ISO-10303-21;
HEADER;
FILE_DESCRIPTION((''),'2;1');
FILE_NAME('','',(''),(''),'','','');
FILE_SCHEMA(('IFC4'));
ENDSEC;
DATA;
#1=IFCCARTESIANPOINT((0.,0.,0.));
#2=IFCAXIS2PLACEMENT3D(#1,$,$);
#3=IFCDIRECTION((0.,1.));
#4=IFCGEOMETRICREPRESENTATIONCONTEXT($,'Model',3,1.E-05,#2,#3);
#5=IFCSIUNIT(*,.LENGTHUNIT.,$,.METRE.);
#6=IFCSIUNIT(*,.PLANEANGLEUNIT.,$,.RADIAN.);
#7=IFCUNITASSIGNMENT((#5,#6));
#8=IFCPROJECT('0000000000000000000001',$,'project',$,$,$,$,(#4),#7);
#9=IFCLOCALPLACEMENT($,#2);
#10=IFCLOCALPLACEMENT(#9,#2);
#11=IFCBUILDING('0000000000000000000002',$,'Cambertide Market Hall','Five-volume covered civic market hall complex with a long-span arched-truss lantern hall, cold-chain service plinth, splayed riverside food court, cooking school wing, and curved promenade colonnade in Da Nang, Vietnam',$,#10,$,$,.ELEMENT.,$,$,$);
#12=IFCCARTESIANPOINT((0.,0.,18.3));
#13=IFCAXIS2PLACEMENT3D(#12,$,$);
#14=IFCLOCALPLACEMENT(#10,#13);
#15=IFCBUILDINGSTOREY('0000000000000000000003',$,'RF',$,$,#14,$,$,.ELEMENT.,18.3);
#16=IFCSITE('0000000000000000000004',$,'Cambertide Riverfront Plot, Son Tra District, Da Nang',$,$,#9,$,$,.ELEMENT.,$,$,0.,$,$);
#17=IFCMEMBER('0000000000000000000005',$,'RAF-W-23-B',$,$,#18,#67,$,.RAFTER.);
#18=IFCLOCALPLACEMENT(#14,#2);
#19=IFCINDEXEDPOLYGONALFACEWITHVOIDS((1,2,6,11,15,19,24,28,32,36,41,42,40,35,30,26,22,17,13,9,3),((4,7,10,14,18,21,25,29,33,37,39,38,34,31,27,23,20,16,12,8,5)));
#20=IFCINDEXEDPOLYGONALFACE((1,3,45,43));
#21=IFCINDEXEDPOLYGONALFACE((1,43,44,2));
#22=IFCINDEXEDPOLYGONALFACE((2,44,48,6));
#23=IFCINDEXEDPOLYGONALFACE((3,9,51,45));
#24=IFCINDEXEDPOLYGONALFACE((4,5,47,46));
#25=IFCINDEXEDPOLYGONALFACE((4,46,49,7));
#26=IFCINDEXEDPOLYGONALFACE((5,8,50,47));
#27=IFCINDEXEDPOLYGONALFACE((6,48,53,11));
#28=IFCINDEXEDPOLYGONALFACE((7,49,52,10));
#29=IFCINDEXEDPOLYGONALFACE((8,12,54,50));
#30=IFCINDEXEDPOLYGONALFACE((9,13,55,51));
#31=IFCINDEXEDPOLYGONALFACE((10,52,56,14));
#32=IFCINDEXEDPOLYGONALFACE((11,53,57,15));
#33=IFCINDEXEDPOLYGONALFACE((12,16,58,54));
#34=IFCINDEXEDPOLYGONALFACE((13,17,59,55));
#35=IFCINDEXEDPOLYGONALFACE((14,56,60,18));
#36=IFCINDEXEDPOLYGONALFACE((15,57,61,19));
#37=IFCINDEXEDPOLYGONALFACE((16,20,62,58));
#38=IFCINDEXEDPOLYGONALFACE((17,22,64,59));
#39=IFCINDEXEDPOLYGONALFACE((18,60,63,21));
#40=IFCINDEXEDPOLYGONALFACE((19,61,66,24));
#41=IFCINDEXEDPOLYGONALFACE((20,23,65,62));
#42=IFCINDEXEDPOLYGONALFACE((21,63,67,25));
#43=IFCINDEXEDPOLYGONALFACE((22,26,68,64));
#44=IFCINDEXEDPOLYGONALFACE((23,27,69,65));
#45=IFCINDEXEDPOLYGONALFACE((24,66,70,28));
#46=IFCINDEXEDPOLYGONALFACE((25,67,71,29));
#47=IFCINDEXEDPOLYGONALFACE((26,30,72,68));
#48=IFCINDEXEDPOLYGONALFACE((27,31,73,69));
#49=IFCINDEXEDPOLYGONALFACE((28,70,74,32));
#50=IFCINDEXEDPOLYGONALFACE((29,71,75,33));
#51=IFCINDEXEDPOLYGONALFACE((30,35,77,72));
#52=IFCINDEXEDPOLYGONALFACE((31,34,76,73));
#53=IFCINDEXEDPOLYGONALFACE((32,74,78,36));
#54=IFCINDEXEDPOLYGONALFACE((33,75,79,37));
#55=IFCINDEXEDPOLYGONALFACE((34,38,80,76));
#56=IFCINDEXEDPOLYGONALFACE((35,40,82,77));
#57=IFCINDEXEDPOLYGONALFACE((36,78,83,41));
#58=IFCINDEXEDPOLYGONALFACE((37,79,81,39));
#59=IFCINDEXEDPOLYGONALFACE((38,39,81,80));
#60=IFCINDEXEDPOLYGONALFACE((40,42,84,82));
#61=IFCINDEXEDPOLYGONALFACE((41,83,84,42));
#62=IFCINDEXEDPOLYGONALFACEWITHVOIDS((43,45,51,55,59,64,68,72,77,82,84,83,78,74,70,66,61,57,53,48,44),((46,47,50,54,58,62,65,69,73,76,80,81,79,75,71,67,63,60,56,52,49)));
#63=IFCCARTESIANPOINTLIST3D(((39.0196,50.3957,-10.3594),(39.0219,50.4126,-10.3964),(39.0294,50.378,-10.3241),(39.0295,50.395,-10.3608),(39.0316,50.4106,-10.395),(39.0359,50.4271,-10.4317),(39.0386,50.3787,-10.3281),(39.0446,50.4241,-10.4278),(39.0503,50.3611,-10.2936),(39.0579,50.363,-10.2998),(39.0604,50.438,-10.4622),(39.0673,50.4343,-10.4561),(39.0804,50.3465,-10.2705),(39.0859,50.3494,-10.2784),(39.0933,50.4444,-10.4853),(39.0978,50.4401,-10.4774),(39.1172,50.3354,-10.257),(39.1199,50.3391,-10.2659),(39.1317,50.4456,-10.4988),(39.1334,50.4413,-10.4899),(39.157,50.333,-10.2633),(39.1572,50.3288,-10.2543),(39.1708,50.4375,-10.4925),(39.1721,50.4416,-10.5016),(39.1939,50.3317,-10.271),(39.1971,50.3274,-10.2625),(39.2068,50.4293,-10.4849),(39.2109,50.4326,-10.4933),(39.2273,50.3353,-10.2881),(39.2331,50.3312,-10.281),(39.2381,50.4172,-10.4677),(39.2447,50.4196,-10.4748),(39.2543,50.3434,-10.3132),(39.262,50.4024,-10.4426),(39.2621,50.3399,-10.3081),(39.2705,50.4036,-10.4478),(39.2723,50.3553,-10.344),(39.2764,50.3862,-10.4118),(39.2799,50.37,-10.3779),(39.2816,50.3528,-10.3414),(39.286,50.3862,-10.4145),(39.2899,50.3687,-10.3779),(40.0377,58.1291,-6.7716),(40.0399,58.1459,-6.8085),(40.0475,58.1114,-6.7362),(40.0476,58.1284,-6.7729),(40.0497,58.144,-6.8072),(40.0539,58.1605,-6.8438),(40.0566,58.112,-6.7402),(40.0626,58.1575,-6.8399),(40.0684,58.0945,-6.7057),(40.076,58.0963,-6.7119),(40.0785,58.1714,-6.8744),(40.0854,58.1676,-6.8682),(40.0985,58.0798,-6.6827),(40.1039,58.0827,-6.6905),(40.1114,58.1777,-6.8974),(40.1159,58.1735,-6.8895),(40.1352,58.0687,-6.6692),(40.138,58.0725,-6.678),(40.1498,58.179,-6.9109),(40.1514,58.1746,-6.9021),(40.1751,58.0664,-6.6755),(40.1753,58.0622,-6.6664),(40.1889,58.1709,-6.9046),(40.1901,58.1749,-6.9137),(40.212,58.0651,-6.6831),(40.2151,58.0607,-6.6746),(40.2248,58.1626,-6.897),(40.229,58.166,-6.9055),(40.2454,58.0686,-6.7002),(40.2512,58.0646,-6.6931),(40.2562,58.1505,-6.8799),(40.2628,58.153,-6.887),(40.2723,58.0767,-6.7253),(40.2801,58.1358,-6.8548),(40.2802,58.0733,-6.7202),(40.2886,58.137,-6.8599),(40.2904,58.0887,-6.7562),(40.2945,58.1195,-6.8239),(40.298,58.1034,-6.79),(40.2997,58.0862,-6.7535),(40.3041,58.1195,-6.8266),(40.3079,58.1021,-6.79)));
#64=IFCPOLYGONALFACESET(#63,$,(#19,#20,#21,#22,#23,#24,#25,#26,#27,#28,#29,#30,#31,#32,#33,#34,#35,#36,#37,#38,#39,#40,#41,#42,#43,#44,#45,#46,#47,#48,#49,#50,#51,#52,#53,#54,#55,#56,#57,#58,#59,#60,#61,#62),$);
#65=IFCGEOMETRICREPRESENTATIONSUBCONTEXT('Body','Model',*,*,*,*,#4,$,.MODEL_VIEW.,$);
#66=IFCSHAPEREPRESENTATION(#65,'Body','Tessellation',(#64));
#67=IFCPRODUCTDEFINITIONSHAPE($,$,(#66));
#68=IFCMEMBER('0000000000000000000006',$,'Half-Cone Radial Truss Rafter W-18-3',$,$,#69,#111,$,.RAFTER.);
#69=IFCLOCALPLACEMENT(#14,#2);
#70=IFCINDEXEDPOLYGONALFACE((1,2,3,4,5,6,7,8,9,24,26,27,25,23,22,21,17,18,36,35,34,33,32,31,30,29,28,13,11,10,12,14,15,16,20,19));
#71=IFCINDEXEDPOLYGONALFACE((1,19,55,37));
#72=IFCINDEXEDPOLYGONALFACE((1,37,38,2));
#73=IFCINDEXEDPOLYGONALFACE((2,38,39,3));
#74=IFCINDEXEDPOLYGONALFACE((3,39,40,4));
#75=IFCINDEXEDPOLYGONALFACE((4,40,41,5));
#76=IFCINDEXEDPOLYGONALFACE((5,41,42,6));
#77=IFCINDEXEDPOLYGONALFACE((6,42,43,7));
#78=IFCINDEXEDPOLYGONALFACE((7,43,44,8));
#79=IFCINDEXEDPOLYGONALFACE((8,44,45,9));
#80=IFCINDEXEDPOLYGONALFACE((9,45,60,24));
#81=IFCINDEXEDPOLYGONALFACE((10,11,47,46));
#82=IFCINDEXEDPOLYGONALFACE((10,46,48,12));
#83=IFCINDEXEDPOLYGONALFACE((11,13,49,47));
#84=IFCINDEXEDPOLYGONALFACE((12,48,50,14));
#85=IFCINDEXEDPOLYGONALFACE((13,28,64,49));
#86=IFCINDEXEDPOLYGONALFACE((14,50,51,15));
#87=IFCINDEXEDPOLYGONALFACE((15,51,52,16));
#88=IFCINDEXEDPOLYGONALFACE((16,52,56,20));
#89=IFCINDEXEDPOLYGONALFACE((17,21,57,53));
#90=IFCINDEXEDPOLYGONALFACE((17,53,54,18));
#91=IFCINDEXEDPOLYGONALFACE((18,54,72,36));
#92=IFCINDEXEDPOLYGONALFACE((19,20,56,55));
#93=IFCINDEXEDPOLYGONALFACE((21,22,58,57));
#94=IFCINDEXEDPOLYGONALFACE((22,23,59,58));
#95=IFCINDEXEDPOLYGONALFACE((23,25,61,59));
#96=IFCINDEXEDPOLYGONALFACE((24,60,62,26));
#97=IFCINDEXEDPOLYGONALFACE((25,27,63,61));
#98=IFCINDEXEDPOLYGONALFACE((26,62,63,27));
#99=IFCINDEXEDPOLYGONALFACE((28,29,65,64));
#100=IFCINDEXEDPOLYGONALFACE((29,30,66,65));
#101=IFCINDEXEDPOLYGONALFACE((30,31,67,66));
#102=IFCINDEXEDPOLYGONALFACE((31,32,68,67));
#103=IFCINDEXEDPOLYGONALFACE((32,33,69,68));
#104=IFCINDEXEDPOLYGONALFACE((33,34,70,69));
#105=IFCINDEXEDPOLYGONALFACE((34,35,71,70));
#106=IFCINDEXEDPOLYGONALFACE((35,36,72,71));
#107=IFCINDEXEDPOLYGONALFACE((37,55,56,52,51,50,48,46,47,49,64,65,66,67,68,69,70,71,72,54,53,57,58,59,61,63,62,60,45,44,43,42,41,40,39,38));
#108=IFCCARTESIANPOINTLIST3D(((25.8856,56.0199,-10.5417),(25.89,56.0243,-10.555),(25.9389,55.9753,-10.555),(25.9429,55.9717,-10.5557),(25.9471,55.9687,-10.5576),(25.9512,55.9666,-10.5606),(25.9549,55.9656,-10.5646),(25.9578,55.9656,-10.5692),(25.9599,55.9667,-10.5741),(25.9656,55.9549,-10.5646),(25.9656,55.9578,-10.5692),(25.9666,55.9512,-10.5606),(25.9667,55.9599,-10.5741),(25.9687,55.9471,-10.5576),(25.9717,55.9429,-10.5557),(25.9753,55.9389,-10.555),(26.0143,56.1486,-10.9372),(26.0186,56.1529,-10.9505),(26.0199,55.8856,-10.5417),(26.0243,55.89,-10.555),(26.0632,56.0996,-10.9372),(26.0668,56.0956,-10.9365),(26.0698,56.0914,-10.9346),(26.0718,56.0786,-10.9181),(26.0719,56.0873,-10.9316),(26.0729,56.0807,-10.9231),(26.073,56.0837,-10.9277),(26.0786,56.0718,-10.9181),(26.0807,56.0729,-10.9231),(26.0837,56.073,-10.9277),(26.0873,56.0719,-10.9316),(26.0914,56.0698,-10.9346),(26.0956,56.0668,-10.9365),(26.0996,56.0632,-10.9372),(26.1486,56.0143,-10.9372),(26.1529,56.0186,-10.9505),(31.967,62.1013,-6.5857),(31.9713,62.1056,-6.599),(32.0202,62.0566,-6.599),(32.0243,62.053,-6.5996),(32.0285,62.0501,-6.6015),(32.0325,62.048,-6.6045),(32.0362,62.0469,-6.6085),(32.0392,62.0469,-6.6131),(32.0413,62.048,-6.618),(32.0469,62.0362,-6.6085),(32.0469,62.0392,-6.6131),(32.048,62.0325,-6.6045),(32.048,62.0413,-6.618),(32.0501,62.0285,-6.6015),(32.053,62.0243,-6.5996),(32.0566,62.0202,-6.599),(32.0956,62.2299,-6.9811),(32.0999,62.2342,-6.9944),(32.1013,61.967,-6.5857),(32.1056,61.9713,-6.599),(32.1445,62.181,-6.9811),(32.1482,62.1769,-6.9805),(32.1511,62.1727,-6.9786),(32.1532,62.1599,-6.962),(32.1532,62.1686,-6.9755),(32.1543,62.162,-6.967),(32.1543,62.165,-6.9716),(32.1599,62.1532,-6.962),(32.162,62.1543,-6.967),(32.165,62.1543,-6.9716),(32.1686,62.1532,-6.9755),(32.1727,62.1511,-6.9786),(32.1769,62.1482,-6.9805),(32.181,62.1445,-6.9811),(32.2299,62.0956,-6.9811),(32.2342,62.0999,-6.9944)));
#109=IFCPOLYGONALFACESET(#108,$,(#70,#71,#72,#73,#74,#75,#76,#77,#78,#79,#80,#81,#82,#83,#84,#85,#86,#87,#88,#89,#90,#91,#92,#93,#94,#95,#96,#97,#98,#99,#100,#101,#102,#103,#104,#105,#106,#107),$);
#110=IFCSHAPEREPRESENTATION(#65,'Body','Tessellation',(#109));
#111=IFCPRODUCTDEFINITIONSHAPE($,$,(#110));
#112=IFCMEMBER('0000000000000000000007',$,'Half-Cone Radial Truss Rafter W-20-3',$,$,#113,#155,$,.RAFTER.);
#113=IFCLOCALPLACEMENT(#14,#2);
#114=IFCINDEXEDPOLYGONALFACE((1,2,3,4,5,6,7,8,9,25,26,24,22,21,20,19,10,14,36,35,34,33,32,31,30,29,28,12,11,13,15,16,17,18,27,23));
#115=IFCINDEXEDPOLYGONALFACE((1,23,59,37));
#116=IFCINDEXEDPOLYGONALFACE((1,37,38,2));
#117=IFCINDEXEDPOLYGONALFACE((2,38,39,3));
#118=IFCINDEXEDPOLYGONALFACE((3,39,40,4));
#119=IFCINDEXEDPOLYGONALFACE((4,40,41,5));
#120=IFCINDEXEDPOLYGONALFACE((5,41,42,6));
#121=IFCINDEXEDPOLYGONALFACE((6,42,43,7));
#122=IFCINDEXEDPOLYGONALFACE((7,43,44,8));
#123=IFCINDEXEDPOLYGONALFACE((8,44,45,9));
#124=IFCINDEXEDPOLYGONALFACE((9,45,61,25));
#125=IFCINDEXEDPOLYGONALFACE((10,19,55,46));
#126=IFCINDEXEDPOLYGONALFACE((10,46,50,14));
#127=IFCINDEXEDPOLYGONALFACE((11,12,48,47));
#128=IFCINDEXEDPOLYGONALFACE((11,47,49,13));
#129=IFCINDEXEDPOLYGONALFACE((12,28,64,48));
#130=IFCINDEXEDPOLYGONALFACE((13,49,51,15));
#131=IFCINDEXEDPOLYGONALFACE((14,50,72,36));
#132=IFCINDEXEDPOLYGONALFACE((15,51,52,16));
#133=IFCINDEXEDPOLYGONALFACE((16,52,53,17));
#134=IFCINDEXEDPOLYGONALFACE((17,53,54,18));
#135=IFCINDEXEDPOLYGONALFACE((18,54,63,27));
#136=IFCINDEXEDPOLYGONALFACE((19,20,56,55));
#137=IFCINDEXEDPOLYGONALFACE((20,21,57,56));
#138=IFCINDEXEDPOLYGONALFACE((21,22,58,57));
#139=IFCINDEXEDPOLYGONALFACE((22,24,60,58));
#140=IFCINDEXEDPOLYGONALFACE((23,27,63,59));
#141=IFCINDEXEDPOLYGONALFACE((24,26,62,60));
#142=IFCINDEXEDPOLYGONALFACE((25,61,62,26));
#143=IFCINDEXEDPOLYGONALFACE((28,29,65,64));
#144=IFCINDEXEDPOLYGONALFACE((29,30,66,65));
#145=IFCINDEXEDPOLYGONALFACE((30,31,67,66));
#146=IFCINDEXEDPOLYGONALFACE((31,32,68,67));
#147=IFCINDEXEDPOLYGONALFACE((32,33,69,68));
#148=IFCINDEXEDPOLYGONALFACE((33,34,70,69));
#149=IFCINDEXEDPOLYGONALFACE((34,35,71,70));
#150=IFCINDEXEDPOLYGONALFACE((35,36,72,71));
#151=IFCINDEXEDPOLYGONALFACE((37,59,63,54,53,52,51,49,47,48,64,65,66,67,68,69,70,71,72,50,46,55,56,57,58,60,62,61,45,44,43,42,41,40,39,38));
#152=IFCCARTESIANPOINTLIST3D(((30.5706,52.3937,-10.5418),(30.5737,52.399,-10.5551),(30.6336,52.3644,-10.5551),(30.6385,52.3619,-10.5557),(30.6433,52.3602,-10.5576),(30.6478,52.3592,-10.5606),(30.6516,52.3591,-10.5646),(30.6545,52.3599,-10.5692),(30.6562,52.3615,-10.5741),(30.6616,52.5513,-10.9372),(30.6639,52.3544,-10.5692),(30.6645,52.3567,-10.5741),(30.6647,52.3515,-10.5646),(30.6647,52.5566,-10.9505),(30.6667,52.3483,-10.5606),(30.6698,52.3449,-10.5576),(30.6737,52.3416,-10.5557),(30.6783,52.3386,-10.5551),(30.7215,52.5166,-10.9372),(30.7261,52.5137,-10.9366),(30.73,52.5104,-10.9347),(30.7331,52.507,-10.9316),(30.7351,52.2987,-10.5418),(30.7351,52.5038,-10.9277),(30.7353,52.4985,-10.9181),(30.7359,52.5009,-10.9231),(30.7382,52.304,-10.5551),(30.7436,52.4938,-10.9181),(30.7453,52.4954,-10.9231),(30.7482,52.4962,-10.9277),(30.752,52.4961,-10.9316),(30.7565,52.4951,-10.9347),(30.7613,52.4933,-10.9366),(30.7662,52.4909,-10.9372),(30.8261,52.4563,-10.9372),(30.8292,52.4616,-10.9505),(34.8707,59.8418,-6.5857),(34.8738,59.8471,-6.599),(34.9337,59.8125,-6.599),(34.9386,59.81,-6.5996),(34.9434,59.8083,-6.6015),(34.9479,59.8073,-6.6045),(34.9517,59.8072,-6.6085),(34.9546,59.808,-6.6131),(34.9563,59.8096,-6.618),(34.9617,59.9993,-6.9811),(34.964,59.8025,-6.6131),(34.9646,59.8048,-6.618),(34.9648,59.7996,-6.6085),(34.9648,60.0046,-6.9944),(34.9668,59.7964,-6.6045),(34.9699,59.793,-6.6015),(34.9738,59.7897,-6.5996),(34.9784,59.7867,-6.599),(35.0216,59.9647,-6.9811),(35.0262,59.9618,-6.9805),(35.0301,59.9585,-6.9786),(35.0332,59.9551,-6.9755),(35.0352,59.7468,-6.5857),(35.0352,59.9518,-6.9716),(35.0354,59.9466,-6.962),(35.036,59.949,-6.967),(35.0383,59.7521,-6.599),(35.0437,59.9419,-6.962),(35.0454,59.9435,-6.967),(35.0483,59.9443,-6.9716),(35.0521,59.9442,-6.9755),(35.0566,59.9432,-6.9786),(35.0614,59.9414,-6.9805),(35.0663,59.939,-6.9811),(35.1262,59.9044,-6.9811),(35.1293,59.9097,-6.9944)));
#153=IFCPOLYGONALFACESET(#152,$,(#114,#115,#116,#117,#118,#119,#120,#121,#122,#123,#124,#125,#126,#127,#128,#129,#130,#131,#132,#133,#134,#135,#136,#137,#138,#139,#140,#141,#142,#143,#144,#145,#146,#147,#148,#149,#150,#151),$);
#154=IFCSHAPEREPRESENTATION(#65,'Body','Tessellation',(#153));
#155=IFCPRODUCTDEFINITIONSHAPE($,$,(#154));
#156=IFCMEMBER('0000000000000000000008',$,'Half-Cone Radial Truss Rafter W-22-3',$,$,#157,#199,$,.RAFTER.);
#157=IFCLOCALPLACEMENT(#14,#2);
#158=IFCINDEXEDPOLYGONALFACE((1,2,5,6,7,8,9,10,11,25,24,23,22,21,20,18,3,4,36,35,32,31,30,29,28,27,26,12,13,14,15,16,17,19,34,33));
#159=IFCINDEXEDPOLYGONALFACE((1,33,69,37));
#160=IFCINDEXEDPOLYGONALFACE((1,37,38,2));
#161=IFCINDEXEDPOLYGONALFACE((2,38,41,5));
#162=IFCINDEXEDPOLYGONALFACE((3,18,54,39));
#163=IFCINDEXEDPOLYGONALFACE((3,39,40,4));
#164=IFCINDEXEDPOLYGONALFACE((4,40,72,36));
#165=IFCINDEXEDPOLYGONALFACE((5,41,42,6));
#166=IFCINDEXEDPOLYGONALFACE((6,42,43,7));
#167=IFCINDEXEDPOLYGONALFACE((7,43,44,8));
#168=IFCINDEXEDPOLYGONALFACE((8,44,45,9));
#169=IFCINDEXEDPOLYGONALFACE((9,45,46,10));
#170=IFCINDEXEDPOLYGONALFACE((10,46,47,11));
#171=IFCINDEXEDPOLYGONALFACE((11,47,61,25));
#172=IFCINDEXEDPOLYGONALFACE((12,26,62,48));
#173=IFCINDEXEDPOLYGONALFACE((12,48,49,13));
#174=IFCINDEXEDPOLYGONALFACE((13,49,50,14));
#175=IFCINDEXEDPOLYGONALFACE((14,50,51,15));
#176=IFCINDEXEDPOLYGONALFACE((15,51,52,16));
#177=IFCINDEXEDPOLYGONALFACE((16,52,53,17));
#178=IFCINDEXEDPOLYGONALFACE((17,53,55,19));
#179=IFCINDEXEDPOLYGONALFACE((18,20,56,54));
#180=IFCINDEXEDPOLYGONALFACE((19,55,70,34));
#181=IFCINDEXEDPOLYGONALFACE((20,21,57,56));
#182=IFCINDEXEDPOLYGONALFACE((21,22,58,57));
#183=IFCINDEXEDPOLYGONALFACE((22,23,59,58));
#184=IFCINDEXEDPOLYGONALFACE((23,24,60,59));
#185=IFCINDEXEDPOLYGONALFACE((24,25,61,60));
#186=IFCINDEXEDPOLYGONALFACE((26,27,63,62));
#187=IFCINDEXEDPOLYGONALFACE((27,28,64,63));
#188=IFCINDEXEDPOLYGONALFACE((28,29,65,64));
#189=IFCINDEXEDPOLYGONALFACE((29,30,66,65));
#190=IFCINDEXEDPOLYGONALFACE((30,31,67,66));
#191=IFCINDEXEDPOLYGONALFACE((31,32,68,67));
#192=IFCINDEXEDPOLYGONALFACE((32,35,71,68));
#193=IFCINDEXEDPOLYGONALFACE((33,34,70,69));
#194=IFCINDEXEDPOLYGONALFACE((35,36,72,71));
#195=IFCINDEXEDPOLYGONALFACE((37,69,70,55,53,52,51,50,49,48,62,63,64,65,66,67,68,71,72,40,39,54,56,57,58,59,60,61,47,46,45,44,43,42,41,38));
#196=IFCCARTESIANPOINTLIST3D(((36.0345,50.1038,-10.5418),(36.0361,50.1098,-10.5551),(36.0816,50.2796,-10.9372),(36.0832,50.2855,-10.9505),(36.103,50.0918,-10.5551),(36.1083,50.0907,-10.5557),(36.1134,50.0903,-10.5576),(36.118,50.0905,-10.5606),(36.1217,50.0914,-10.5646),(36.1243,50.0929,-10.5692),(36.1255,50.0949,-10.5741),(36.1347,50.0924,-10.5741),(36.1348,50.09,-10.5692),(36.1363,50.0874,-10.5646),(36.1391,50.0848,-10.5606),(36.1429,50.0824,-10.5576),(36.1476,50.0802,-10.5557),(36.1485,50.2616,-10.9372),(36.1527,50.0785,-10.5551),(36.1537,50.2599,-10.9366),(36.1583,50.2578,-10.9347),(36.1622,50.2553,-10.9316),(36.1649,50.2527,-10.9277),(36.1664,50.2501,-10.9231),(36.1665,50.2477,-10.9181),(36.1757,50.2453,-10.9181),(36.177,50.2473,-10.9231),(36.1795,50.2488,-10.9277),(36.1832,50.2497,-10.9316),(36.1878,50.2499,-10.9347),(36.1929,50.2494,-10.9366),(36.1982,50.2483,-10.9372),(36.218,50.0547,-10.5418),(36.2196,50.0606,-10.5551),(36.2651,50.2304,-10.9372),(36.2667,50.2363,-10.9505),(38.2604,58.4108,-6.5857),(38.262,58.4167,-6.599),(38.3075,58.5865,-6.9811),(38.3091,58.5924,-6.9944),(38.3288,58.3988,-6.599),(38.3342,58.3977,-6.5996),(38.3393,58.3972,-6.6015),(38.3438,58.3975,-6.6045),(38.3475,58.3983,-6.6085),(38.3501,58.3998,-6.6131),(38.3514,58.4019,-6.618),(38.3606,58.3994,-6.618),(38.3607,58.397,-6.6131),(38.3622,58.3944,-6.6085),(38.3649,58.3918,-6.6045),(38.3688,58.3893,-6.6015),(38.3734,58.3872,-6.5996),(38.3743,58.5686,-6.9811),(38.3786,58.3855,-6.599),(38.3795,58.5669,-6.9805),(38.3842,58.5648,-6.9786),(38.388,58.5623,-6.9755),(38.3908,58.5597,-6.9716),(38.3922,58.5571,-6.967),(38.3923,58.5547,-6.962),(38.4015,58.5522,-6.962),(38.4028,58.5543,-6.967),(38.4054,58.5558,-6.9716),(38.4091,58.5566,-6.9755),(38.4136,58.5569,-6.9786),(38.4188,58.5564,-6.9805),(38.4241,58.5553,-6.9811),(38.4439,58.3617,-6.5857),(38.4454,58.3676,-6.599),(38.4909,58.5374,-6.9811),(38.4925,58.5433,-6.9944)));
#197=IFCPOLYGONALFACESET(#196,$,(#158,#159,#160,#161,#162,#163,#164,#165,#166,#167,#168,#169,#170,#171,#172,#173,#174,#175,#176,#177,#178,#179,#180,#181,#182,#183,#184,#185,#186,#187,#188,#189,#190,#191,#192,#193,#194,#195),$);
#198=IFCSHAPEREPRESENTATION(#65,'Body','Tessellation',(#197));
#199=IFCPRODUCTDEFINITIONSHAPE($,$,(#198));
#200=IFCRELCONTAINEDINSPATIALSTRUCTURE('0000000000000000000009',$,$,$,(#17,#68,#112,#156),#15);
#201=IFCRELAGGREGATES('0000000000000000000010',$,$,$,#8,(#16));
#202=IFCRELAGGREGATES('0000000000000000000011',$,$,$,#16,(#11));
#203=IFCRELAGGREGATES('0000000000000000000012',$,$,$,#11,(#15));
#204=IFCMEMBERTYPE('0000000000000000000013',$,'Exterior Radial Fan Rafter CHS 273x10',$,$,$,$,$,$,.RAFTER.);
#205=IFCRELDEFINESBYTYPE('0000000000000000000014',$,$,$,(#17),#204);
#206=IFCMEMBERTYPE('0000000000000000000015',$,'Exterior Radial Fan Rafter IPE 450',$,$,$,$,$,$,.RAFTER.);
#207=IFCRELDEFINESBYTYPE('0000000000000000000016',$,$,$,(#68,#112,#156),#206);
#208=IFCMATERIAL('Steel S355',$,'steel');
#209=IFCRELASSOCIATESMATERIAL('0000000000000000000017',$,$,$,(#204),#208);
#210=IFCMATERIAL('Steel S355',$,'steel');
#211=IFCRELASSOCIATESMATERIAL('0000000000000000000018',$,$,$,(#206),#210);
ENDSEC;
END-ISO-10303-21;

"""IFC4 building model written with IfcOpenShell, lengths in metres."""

from ifc_helpers import new_model, si_unit, direction, frame, origin, origin_2d, place, context, subcontext, project, spatial, hollow_circle, i_section, extrude, material, material_profile, profile_set, type_object, element, save


model = new_model("IFC4")

# Units and contexts
model_context = context("Model", 3, precision=1e-05, world=origin(), true_north=direction((0.0, 1.0)))
body_context = subcontext(model_context, "Body", "Model", "MODEL_VIEW")
ifc_project = project(units=[si_unit("LENGTHUNIT", "METRE"), si_unit("PLANEANGLEUNIT", "RADIAN")], contexts=[model_context])

# Site, building, storey
site_placement = place(None, origin())
site = spatial("IfcSite", under=ifc_project, at=site_placement, Name="Cambertide Riverfront Plot, Son Tra District, Da Nang", CompositionType="ELEMENT", RefElevation=0.0)
building_placement = place(site_placement, origin())
building = spatial("IfcBuilding", under=site, at=building_placement, Name="Cambertide Market Hall", Description="Five-volume covered civic market hall complex with a long-span arched-truss lantern hall, cold-chain service plinth, splayed riverside food court, cooking school wing, and curved promenade colonnade in Da Nang, Vietnam", CompositionType="ELEMENT")
storey_placement = place(building_placement, frame((0.0, 0.0, 18.3)))
storey = spatial("IfcBuildingStorey", under=building, at=storey_placement, Name="RF", CompositionType="ELEMENT", Elevation=18.3)

# Members
ifc_material_1 = material(Name="Steel S355", Category="steel")
ifc_material_profile_1 = material_profile(ifc_material_1, hollow_circle(Radius=0.1365, WallThickness=0.01, at=origin_2d()), Name="CHS 273x10")
ifc_profile_set_1 = profile_set([ifc_material_profile_1], Name="Steel S355")
member_type_1 = type_object("IfcMemberType", Name="Exterior Radial Fan Rafter CHS 273x10", PredefinedType="RAFTER", material=ifc_profile_set_1)
for number, where, z_axis, x_axis, name in (
    (1, (40.1726, 58.1199, -6.79), (-0.118576, -0.900726, -0.41789), (0.991446, -0.130519, 0.0), "RAF-W-23-B"),
):
    element("IfcMember", number, at=place(storey_placement, frame(where, z_axis=z_axis, x_axis=x_axis)), inside=storey, type_object=member_type_1, Name=name, PredefinedType="RAFTER", context=body_context, shape_type="SweptSolid", body=[
        extrude(hollow_circle(Radius=0.1365, WallThickness=0.01, at=origin_2d()), origin(), (0.0, 0.0, 1.0), 8.5857),
    ])
ifc_material_2 = material(Name="Steel S355", Category="steel")
ifc_material_profile_2 = material_profile(ifc_material_2, i_section(OverallWidth=0.1899, OverallDepth=0.45, WebThickness=0.0095, FlangeThickness=0.0146, FilletRadius=0.021, at=origin_2d()), Name="IPE 450")
ifc_profile_set_2 = profile_set([ifc_material_profile_2], Name="Steel S355")
member_type_2 = type_object("IfcMemberType", Name="Exterior Radial Fan Rafter IPE 450", PredefinedType="RAFTER", material=ifc_profile_set_2)
for number, where, z_axis, x_axis, name in (
    (2, (32.1006, 62.1006, -6.79), (-0.642402, -0.642402, -0.4179), (0.707107, -0.707107, 0.0), "Half-Cone Radial Truss Rafter W-18-3"),
    (3, (35.0, 59.8757, -6.79), (-0.454241, -0.786779, -0.417903), (0.866028, -0.499995, 0.0), "Half-Cone Radial Truss Rafter W-20-3"),
):
    element("IfcMember", number, at=place(storey_placement, frame(where, z_axis=z_axis, x_axis=x_axis)), inside=storey, type_object=member_type_2, Name=name, PredefinedType="RAFTER", context=body_context, shape_type="SweptSolid", body=[
        extrude(i_section(OverallWidth=0.1899, OverallDepth=0.45, WebThickness=0.0095, FlangeThickness=0.0146, FilletRadius=0.021, at=origin_2d()), origin(), (0.0, 0.0, 1.0), 9.4666),
    ])
member_1_placement = place(storey_placement, frame((38.3765, 58.4771, -6.79), z_axis=(-0.235134, -0.877531, -0.417914), x_axis=(0.965926, -0.25882, 0.0)))
element("IfcMember", 4, at=member_1_placement, inside=storey, type_object=member_type_2, Name="Half-Cone Radial Truss Rafter W-22-3", PredefinedType="RAFTER", context=body_context, shape_type="SweptSolid", body=[
    extrude(i_section(OverallWidth=0.1899, OverallDepth=0.45, WebThickness=0.0095, FlangeThickness=0.0146, FilletRadius=0.021, at=origin_2d()), origin(), (0.0, 0.0, 1.0), 9.4663),
])

save(model, "model.ifc")
